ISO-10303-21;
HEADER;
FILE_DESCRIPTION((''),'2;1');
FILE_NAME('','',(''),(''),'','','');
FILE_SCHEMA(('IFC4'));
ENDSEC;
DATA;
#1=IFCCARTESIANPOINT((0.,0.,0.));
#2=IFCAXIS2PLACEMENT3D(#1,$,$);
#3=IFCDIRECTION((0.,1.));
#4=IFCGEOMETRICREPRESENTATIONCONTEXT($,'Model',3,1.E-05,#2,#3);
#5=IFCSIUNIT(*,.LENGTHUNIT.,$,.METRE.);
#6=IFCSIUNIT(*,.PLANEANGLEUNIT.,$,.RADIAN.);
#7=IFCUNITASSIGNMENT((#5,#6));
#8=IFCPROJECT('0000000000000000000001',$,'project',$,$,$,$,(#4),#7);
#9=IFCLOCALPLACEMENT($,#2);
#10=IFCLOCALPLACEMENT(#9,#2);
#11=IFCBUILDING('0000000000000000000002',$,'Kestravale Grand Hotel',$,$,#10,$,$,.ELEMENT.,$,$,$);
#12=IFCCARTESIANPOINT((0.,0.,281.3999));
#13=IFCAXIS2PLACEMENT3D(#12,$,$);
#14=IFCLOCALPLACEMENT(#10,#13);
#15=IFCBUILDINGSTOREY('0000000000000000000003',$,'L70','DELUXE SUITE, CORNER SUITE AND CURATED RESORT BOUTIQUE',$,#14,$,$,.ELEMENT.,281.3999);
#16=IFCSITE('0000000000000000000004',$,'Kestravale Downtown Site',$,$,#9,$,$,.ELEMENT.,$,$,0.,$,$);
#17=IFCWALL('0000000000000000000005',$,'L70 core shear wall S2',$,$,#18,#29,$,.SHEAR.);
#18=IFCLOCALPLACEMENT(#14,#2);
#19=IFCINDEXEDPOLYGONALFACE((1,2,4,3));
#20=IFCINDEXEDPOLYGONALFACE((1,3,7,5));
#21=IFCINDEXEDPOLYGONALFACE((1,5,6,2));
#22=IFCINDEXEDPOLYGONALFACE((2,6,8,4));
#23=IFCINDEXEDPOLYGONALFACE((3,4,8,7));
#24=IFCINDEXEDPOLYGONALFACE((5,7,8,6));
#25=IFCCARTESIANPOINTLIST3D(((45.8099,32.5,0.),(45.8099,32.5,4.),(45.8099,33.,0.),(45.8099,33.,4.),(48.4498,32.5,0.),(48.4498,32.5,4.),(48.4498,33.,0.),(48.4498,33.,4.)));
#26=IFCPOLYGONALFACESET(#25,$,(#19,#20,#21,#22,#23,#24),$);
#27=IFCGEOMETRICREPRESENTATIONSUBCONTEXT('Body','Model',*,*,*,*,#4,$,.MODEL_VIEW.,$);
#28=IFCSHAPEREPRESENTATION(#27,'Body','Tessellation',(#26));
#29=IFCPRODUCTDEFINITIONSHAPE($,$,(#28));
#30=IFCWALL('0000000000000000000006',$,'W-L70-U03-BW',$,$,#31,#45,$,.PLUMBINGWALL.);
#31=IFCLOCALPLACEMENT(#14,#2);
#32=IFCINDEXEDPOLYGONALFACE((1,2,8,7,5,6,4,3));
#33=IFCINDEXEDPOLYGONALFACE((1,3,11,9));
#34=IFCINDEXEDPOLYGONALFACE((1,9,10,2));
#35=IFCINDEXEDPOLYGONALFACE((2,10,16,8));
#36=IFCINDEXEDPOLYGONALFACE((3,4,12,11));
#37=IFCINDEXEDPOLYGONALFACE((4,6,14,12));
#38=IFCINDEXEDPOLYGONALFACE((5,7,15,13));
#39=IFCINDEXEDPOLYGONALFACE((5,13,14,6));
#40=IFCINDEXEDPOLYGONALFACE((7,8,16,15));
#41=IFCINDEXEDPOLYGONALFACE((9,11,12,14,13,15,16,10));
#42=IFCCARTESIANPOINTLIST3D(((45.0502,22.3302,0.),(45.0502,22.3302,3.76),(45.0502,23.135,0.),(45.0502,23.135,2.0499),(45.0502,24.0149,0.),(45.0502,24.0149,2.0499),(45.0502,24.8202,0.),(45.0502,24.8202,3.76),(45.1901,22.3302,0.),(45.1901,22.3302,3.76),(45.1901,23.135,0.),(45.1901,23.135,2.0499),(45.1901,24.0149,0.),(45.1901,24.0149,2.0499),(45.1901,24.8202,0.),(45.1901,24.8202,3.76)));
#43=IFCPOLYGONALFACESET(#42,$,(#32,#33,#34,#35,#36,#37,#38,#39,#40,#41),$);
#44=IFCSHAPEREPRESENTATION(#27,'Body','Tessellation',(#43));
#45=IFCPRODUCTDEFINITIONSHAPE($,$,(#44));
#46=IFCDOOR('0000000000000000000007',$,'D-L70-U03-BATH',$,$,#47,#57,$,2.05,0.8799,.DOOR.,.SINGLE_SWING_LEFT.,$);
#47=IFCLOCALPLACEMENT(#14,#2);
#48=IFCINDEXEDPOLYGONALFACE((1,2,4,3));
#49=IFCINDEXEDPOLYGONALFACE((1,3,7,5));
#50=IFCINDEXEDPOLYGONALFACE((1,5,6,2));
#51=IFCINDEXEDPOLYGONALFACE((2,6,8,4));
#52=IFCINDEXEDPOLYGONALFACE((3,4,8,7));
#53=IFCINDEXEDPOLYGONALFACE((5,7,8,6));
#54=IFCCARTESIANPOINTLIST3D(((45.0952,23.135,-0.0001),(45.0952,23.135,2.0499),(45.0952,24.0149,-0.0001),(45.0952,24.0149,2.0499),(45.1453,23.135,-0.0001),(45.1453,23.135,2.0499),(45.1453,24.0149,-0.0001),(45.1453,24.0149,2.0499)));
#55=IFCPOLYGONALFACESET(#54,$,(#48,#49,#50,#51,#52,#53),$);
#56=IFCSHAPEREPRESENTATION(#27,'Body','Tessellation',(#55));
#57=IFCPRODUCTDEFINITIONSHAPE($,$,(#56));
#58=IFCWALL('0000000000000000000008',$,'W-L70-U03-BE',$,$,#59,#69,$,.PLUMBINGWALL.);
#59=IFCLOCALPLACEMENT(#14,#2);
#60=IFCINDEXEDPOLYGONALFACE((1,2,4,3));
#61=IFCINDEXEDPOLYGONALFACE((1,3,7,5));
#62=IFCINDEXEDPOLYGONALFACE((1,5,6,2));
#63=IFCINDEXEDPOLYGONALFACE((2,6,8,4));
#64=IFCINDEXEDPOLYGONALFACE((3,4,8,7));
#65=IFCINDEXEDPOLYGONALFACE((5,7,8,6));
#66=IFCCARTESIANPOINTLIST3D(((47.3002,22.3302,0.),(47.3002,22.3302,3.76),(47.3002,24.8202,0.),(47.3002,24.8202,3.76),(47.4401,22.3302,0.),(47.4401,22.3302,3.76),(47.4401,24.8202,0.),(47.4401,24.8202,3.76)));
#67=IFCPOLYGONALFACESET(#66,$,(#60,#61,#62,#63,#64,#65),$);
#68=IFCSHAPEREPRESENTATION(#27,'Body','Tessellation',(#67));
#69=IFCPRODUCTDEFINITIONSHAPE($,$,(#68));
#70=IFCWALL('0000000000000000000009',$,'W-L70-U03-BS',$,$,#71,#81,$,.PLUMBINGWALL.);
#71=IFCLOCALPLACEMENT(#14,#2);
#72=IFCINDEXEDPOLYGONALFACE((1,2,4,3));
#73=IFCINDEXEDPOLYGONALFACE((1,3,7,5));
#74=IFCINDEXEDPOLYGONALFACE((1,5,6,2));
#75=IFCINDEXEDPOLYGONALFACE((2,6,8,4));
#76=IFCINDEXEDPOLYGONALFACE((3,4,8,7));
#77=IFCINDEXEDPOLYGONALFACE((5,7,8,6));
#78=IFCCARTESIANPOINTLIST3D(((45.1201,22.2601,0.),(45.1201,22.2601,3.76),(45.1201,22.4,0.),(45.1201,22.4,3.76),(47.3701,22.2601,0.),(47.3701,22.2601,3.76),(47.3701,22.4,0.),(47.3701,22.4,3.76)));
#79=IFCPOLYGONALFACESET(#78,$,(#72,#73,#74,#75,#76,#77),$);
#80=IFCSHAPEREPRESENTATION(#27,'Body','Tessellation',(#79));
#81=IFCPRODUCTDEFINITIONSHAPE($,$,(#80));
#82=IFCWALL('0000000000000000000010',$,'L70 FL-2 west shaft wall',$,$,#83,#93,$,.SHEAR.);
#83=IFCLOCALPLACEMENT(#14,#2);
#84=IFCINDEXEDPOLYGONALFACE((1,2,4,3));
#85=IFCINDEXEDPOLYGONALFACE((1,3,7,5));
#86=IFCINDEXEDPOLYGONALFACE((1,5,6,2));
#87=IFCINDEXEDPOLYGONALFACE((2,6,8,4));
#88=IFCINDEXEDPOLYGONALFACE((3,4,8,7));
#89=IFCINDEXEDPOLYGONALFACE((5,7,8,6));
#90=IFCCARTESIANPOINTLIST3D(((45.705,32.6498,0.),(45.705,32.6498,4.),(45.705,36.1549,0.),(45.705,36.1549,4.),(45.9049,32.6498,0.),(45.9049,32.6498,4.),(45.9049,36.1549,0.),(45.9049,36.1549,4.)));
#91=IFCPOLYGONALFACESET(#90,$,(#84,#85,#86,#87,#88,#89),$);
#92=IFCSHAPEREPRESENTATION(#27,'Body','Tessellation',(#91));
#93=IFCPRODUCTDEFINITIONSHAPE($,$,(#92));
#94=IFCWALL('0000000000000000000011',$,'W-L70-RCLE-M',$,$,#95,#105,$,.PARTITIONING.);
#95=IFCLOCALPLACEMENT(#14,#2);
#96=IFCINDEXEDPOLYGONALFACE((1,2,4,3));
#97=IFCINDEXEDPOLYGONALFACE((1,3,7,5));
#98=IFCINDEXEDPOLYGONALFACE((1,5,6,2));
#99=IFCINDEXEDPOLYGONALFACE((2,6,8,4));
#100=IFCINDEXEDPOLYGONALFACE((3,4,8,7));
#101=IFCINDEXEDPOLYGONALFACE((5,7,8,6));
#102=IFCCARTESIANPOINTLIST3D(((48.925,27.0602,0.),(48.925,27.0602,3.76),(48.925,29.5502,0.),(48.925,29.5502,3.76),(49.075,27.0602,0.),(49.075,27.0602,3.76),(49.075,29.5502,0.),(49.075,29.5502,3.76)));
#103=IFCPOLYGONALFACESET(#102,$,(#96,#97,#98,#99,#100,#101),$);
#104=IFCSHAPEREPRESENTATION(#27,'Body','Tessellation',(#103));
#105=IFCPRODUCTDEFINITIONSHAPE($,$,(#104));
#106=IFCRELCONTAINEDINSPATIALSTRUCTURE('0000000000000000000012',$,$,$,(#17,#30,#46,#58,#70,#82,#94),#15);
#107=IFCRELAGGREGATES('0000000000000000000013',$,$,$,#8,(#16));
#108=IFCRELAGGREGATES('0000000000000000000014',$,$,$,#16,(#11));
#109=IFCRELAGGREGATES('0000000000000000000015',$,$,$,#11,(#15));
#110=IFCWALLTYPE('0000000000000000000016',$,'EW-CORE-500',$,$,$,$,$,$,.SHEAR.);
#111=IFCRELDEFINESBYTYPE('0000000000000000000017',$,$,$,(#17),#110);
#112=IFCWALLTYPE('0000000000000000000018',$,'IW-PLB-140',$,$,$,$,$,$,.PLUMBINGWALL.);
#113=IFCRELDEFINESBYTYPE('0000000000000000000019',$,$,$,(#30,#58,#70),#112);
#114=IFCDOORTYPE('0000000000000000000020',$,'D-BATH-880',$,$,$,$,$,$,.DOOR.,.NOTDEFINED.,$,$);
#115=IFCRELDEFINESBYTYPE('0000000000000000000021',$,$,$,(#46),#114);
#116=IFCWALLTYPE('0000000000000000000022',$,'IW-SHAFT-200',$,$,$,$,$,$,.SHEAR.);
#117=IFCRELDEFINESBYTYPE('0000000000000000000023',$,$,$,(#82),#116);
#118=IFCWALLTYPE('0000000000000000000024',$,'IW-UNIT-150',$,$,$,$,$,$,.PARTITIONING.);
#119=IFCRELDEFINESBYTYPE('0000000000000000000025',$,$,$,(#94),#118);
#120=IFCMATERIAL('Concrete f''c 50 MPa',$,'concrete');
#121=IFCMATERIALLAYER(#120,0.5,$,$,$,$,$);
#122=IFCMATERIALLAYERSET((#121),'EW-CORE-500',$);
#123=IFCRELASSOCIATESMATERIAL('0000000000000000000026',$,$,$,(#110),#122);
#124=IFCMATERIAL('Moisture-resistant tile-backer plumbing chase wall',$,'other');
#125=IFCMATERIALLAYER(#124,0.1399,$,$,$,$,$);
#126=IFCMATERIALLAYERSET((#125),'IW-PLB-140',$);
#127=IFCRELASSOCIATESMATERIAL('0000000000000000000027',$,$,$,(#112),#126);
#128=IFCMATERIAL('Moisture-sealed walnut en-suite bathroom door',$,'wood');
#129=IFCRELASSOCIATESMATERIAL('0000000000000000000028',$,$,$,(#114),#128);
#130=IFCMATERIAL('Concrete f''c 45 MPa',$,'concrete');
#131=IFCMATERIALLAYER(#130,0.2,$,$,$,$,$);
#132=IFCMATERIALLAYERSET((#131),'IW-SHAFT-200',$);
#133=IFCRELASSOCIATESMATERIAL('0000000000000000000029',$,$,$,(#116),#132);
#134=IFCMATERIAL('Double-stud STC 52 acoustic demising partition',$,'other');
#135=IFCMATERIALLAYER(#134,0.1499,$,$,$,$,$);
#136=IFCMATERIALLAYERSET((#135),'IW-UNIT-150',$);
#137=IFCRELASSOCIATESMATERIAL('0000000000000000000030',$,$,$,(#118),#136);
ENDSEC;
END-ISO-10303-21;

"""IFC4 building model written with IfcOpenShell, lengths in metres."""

from ifc_helpers import new_model, si_unit, direction, frame, frame_2d, origin, place, context, subcontext, project, spatial, rectangle, extrude, material, layer, layer_set, type_object, element, fill, save


model = new_model("IFC4")

# Units and contexts
model_context = context("Model", 3, precision=1e-05, world=origin(), true_north=direction((0.0, 1.0)))
body_context = subcontext(model_context, "Body", "Model", "MODEL_VIEW")
ifc_project = project(units=[si_unit("LENGTHUNIT", "METRE"), si_unit("PLANEANGLEUNIT", "RADIAN")], contexts=[model_context])

# Site, building, storey
site_placement = place(None, origin())
site = spatial("IfcSite", under=ifc_project, at=site_placement, Name="Kestravale Downtown Site", CompositionType="ELEMENT", RefElevation=0.0)
building_placement = place(site_placement, origin())
building = spatial("IfcBuilding", under=site, at=building_placement, Name="Kestravale Grand Hotel", CompositionType="ELEMENT")
storey_placement = place(building_placement, frame((0.0, 0.0, 281.3999)))
storey = spatial("IfcBuildingStorey", under=building, at=storey_placement, Name="L70", Description="DELUXE SUITE, CORNER SUITE AND CURATED RESORT BOUTIQUE", CompositionType="ELEMENT", Elevation=281.3999)

# Wall
ifc_material_1 = material(Name="Concrete f'c 50 MPa", Category="concrete")
ifc_layer_1 = layer(ifc_material_1, 0.5)
ifc_layer_set_1 = layer_set([ifc_layer_1], Name="EW-CORE-500")
wall_type_1 = type_object("IfcWallType", Name="EW-CORE-500", PredefinedType="SHEAR", material=ifc_layer_set_1)
wall_1_placement = place(storey_placement, frame((45.8101, 32.75, 0.0), z_axis=(0.0, 0.0, 1.0), x_axis=(1.0, 0.0, 0.0)))
element("IfcWall", 1, at=wall_1_placement, inside=storey, type_object=wall_type_1, Name="L70 core shear wall S2", PredefinedType="SHEAR", context=body_context, shape_type="SweptSolid", body=[
    extrude(rectangle(XDim=2.6399, YDim=0.5, at=frame_2d((1.3198, 0.0))), origin(), (0.0, 0.0, 1.0), 4.0),
])

# Wall, opening, door
ifc_material_2 = material(Name="Moisture-resistant tile-backer plumbing chase wall", Category="other")
ifc_layer_2 = layer(ifc_material_2, 0.1399)
ifc_layer_set_2 = layer_set([ifc_layer_2], Name="IW-PLB-140")
wall_type_2 = type_object("IfcWallType", Name="IW-PLB-140", PredefinedType="PLUMBINGWALL", material=ifc_layer_set_2)
wall_2_placement = place(storey_placement, frame((45.1201, 22.3301, 0.0), z_axis=(0.0, 0.0, 1.0), x_axis=(0.0, 1.0, 0.0)))
wall_2 = element("IfcWall", 2, at=wall_2_placement, inside=storey, type_object=wall_type_2, Name="W-L70-U03-BW", PredefinedType="PLUMBINGWALL", context=body_context, shape_type="SweptSolid", body=[
    extrude(rectangle(XDim=2.49, YDim=0.1399, at=frame_2d((1.2451, 0.0))), origin(), (0.0, 0.0, 1.0), 3.76),
])
opening_1_placement = place(wall_2_placement, frame((0.8049, 0.0, 0.0)))
opening_1 = element("IfcOpeningElement", 3, at=opening_1_placement, cuts=wall_2, PredefinedType="OPENING", context=body_context, shape_type="SweptSolid", body=[
    extrude(rectangle(XDim=0.8799, YDim=2.05, at=frame_2d((0.4399, 1.0249))), frame((0.0, 0.0798, 0.0), z_axis=(0.0, -1.0, 0.0), x_axis=(1.0, 0.0, 0.0)), (0.0, 0.0, 1.0), 0.1599),
])
ifc_material_3 = material(Name="Moisture-sealed walnut en-suite bathroom door", Category="wood")
door_type_1 = type_object("IfcDoorType", Name="D-BATH-880", OperationType="NOTDEFINED", PredefinedType="DOOR", material=ifc_material_3)
door_1_placement = place(opening_1_placement, origin())
door_1 = element("IfcDoor", 4, at=door_1_placement, inside=storey, type_object=door_type_1, Name="D-L70-U03-BATH", OperationType="SINGLE_SWING_LEFT", OverallHeight=2.05, OverallWidth=0.8799, PredefinedType="DOOR", context=body_context, shape_type="SweptSolid", body=[
    extrude(rectangle(XDim=0.8799, YDim=2.05, at=frame_2d((0.4399, 1.0249))), frame((0.0, 0.0249, 0.0), z_axis=(0.0, -1.0, 0.0), x_axis=(1.0, 0.0, 0.0)), (0.0, 0.0, 1.0), 0.05),
])
fill(opening_1, door_1)

# Walls
wall_3_placement = place(storey_placement, frame((47.3701, 22.3301, 0.0), z_axis=(0.0, 0.0, 1.0), x_axis=(0.0, 1.0, 0.0)))
element("IfcWall", 5, at=wall_3_placement, inside=storey, type_object=wall_type_2, Name="W-L70-U03-BE", PredefinedType="PLUMBINGWALL", context=body_context, shape_type="SweptSolid", body=[
    extrude(rectangle(XDim=2.49, YDim=0.1399, at=frame_2d((1.2451, 0.0))), origin(), (0.0, 0.0, 1.0), 3.76),
])
wall_4_placement = place(storey_placement, frame((45.1201, 22.3301, 0.0), z_axis=(0.0, 0.0, 1.0), x_axis=(1.0, 0.0, 0.0)))
element("IfcWall", 6, at=wall_4_placement, inside=storey, type_object=wall_type_2, Name="W-L70-U03-BS", PredefinedType="PLUMBINGWALL", context=body_context, shape_type="SweptSolid", body=[
    extrude(rectangle(XDim=2.25, YDim=0.1399, at=frame_2d((1.125, 0.0))), origin(), (0.0, 0.0, 1.0), 3.76),
])
ifc_material_4 = material(Name="Concrete f'c 45 MPa", Category="concrete")
ifc_layer_3 = layer(ifc_material_4, 0.2)
ifc_layer_set_3 = layer_set([ifc_layer_3], Name="IW-SHAFT-200")
wall_type_3 = type_object("IfcWallType", Name="IW-SHAFT-200", PredefinedType="SHEAR", material=ifc_layer_set_3)
wall_5_placement = place(storey_placement, frame((45.8049, 32.6499, 0.0), z_axis=(0.0, 0.0, 1.0), x_axis=(0.0, 1.0, 0.0)))
element("IfcWall", 7, at=wall_5_placement, inside=storey, type_object=wall_type_3, Name="L70 FL-2 west shaft wall", PredefinedType="SHEAR", context=body_context, shape_type="SweptSolid", body=[
    extrude(rectangle(XDim=3.5051, YDim=0.2, at=frame_2d((1.7524, 0.0))), origin(), (0.0, 0.0, 1.0), 4.0),
])
ifc_material_5 = material(Name="Double-stud STC 52 acoustic demising partition", Category="other")
ifc_layer_4 = layer(ifc_material_5, 0.1499)
ifc_layer_set_4 = layer_set([ifc_layer_4], Name="IW-UNIT-150")
wall_type_4 = type_object("IfcWallType", Name="IW-UNIT-150", PredefinedType="PARTITIONING", material=ifc_layer_set_4)
wall_6_placement = place(storey_placement, frame((49.0, 27.0601, 0.0), z_axis=(0.0, 0.0, 1.0), x_axis=(0.0, 1.0, 0.0)))
element("IfcWall", 8, at=wall_6_placement, inside=storey, type_object=wall_type_4, Name="W-L70-RCLE-M", PredefinedType="PARTITIONING", context=body_context, shape_type="SweptSolid", body=[
    extrude(rectangle(XDim=2.49, YDim=0.1499, at=frame_2d((1.2451, 0.0))), origin(), (0.0, 0.0, 1.0), 3.76),
])

save(model, "model.ifc")
